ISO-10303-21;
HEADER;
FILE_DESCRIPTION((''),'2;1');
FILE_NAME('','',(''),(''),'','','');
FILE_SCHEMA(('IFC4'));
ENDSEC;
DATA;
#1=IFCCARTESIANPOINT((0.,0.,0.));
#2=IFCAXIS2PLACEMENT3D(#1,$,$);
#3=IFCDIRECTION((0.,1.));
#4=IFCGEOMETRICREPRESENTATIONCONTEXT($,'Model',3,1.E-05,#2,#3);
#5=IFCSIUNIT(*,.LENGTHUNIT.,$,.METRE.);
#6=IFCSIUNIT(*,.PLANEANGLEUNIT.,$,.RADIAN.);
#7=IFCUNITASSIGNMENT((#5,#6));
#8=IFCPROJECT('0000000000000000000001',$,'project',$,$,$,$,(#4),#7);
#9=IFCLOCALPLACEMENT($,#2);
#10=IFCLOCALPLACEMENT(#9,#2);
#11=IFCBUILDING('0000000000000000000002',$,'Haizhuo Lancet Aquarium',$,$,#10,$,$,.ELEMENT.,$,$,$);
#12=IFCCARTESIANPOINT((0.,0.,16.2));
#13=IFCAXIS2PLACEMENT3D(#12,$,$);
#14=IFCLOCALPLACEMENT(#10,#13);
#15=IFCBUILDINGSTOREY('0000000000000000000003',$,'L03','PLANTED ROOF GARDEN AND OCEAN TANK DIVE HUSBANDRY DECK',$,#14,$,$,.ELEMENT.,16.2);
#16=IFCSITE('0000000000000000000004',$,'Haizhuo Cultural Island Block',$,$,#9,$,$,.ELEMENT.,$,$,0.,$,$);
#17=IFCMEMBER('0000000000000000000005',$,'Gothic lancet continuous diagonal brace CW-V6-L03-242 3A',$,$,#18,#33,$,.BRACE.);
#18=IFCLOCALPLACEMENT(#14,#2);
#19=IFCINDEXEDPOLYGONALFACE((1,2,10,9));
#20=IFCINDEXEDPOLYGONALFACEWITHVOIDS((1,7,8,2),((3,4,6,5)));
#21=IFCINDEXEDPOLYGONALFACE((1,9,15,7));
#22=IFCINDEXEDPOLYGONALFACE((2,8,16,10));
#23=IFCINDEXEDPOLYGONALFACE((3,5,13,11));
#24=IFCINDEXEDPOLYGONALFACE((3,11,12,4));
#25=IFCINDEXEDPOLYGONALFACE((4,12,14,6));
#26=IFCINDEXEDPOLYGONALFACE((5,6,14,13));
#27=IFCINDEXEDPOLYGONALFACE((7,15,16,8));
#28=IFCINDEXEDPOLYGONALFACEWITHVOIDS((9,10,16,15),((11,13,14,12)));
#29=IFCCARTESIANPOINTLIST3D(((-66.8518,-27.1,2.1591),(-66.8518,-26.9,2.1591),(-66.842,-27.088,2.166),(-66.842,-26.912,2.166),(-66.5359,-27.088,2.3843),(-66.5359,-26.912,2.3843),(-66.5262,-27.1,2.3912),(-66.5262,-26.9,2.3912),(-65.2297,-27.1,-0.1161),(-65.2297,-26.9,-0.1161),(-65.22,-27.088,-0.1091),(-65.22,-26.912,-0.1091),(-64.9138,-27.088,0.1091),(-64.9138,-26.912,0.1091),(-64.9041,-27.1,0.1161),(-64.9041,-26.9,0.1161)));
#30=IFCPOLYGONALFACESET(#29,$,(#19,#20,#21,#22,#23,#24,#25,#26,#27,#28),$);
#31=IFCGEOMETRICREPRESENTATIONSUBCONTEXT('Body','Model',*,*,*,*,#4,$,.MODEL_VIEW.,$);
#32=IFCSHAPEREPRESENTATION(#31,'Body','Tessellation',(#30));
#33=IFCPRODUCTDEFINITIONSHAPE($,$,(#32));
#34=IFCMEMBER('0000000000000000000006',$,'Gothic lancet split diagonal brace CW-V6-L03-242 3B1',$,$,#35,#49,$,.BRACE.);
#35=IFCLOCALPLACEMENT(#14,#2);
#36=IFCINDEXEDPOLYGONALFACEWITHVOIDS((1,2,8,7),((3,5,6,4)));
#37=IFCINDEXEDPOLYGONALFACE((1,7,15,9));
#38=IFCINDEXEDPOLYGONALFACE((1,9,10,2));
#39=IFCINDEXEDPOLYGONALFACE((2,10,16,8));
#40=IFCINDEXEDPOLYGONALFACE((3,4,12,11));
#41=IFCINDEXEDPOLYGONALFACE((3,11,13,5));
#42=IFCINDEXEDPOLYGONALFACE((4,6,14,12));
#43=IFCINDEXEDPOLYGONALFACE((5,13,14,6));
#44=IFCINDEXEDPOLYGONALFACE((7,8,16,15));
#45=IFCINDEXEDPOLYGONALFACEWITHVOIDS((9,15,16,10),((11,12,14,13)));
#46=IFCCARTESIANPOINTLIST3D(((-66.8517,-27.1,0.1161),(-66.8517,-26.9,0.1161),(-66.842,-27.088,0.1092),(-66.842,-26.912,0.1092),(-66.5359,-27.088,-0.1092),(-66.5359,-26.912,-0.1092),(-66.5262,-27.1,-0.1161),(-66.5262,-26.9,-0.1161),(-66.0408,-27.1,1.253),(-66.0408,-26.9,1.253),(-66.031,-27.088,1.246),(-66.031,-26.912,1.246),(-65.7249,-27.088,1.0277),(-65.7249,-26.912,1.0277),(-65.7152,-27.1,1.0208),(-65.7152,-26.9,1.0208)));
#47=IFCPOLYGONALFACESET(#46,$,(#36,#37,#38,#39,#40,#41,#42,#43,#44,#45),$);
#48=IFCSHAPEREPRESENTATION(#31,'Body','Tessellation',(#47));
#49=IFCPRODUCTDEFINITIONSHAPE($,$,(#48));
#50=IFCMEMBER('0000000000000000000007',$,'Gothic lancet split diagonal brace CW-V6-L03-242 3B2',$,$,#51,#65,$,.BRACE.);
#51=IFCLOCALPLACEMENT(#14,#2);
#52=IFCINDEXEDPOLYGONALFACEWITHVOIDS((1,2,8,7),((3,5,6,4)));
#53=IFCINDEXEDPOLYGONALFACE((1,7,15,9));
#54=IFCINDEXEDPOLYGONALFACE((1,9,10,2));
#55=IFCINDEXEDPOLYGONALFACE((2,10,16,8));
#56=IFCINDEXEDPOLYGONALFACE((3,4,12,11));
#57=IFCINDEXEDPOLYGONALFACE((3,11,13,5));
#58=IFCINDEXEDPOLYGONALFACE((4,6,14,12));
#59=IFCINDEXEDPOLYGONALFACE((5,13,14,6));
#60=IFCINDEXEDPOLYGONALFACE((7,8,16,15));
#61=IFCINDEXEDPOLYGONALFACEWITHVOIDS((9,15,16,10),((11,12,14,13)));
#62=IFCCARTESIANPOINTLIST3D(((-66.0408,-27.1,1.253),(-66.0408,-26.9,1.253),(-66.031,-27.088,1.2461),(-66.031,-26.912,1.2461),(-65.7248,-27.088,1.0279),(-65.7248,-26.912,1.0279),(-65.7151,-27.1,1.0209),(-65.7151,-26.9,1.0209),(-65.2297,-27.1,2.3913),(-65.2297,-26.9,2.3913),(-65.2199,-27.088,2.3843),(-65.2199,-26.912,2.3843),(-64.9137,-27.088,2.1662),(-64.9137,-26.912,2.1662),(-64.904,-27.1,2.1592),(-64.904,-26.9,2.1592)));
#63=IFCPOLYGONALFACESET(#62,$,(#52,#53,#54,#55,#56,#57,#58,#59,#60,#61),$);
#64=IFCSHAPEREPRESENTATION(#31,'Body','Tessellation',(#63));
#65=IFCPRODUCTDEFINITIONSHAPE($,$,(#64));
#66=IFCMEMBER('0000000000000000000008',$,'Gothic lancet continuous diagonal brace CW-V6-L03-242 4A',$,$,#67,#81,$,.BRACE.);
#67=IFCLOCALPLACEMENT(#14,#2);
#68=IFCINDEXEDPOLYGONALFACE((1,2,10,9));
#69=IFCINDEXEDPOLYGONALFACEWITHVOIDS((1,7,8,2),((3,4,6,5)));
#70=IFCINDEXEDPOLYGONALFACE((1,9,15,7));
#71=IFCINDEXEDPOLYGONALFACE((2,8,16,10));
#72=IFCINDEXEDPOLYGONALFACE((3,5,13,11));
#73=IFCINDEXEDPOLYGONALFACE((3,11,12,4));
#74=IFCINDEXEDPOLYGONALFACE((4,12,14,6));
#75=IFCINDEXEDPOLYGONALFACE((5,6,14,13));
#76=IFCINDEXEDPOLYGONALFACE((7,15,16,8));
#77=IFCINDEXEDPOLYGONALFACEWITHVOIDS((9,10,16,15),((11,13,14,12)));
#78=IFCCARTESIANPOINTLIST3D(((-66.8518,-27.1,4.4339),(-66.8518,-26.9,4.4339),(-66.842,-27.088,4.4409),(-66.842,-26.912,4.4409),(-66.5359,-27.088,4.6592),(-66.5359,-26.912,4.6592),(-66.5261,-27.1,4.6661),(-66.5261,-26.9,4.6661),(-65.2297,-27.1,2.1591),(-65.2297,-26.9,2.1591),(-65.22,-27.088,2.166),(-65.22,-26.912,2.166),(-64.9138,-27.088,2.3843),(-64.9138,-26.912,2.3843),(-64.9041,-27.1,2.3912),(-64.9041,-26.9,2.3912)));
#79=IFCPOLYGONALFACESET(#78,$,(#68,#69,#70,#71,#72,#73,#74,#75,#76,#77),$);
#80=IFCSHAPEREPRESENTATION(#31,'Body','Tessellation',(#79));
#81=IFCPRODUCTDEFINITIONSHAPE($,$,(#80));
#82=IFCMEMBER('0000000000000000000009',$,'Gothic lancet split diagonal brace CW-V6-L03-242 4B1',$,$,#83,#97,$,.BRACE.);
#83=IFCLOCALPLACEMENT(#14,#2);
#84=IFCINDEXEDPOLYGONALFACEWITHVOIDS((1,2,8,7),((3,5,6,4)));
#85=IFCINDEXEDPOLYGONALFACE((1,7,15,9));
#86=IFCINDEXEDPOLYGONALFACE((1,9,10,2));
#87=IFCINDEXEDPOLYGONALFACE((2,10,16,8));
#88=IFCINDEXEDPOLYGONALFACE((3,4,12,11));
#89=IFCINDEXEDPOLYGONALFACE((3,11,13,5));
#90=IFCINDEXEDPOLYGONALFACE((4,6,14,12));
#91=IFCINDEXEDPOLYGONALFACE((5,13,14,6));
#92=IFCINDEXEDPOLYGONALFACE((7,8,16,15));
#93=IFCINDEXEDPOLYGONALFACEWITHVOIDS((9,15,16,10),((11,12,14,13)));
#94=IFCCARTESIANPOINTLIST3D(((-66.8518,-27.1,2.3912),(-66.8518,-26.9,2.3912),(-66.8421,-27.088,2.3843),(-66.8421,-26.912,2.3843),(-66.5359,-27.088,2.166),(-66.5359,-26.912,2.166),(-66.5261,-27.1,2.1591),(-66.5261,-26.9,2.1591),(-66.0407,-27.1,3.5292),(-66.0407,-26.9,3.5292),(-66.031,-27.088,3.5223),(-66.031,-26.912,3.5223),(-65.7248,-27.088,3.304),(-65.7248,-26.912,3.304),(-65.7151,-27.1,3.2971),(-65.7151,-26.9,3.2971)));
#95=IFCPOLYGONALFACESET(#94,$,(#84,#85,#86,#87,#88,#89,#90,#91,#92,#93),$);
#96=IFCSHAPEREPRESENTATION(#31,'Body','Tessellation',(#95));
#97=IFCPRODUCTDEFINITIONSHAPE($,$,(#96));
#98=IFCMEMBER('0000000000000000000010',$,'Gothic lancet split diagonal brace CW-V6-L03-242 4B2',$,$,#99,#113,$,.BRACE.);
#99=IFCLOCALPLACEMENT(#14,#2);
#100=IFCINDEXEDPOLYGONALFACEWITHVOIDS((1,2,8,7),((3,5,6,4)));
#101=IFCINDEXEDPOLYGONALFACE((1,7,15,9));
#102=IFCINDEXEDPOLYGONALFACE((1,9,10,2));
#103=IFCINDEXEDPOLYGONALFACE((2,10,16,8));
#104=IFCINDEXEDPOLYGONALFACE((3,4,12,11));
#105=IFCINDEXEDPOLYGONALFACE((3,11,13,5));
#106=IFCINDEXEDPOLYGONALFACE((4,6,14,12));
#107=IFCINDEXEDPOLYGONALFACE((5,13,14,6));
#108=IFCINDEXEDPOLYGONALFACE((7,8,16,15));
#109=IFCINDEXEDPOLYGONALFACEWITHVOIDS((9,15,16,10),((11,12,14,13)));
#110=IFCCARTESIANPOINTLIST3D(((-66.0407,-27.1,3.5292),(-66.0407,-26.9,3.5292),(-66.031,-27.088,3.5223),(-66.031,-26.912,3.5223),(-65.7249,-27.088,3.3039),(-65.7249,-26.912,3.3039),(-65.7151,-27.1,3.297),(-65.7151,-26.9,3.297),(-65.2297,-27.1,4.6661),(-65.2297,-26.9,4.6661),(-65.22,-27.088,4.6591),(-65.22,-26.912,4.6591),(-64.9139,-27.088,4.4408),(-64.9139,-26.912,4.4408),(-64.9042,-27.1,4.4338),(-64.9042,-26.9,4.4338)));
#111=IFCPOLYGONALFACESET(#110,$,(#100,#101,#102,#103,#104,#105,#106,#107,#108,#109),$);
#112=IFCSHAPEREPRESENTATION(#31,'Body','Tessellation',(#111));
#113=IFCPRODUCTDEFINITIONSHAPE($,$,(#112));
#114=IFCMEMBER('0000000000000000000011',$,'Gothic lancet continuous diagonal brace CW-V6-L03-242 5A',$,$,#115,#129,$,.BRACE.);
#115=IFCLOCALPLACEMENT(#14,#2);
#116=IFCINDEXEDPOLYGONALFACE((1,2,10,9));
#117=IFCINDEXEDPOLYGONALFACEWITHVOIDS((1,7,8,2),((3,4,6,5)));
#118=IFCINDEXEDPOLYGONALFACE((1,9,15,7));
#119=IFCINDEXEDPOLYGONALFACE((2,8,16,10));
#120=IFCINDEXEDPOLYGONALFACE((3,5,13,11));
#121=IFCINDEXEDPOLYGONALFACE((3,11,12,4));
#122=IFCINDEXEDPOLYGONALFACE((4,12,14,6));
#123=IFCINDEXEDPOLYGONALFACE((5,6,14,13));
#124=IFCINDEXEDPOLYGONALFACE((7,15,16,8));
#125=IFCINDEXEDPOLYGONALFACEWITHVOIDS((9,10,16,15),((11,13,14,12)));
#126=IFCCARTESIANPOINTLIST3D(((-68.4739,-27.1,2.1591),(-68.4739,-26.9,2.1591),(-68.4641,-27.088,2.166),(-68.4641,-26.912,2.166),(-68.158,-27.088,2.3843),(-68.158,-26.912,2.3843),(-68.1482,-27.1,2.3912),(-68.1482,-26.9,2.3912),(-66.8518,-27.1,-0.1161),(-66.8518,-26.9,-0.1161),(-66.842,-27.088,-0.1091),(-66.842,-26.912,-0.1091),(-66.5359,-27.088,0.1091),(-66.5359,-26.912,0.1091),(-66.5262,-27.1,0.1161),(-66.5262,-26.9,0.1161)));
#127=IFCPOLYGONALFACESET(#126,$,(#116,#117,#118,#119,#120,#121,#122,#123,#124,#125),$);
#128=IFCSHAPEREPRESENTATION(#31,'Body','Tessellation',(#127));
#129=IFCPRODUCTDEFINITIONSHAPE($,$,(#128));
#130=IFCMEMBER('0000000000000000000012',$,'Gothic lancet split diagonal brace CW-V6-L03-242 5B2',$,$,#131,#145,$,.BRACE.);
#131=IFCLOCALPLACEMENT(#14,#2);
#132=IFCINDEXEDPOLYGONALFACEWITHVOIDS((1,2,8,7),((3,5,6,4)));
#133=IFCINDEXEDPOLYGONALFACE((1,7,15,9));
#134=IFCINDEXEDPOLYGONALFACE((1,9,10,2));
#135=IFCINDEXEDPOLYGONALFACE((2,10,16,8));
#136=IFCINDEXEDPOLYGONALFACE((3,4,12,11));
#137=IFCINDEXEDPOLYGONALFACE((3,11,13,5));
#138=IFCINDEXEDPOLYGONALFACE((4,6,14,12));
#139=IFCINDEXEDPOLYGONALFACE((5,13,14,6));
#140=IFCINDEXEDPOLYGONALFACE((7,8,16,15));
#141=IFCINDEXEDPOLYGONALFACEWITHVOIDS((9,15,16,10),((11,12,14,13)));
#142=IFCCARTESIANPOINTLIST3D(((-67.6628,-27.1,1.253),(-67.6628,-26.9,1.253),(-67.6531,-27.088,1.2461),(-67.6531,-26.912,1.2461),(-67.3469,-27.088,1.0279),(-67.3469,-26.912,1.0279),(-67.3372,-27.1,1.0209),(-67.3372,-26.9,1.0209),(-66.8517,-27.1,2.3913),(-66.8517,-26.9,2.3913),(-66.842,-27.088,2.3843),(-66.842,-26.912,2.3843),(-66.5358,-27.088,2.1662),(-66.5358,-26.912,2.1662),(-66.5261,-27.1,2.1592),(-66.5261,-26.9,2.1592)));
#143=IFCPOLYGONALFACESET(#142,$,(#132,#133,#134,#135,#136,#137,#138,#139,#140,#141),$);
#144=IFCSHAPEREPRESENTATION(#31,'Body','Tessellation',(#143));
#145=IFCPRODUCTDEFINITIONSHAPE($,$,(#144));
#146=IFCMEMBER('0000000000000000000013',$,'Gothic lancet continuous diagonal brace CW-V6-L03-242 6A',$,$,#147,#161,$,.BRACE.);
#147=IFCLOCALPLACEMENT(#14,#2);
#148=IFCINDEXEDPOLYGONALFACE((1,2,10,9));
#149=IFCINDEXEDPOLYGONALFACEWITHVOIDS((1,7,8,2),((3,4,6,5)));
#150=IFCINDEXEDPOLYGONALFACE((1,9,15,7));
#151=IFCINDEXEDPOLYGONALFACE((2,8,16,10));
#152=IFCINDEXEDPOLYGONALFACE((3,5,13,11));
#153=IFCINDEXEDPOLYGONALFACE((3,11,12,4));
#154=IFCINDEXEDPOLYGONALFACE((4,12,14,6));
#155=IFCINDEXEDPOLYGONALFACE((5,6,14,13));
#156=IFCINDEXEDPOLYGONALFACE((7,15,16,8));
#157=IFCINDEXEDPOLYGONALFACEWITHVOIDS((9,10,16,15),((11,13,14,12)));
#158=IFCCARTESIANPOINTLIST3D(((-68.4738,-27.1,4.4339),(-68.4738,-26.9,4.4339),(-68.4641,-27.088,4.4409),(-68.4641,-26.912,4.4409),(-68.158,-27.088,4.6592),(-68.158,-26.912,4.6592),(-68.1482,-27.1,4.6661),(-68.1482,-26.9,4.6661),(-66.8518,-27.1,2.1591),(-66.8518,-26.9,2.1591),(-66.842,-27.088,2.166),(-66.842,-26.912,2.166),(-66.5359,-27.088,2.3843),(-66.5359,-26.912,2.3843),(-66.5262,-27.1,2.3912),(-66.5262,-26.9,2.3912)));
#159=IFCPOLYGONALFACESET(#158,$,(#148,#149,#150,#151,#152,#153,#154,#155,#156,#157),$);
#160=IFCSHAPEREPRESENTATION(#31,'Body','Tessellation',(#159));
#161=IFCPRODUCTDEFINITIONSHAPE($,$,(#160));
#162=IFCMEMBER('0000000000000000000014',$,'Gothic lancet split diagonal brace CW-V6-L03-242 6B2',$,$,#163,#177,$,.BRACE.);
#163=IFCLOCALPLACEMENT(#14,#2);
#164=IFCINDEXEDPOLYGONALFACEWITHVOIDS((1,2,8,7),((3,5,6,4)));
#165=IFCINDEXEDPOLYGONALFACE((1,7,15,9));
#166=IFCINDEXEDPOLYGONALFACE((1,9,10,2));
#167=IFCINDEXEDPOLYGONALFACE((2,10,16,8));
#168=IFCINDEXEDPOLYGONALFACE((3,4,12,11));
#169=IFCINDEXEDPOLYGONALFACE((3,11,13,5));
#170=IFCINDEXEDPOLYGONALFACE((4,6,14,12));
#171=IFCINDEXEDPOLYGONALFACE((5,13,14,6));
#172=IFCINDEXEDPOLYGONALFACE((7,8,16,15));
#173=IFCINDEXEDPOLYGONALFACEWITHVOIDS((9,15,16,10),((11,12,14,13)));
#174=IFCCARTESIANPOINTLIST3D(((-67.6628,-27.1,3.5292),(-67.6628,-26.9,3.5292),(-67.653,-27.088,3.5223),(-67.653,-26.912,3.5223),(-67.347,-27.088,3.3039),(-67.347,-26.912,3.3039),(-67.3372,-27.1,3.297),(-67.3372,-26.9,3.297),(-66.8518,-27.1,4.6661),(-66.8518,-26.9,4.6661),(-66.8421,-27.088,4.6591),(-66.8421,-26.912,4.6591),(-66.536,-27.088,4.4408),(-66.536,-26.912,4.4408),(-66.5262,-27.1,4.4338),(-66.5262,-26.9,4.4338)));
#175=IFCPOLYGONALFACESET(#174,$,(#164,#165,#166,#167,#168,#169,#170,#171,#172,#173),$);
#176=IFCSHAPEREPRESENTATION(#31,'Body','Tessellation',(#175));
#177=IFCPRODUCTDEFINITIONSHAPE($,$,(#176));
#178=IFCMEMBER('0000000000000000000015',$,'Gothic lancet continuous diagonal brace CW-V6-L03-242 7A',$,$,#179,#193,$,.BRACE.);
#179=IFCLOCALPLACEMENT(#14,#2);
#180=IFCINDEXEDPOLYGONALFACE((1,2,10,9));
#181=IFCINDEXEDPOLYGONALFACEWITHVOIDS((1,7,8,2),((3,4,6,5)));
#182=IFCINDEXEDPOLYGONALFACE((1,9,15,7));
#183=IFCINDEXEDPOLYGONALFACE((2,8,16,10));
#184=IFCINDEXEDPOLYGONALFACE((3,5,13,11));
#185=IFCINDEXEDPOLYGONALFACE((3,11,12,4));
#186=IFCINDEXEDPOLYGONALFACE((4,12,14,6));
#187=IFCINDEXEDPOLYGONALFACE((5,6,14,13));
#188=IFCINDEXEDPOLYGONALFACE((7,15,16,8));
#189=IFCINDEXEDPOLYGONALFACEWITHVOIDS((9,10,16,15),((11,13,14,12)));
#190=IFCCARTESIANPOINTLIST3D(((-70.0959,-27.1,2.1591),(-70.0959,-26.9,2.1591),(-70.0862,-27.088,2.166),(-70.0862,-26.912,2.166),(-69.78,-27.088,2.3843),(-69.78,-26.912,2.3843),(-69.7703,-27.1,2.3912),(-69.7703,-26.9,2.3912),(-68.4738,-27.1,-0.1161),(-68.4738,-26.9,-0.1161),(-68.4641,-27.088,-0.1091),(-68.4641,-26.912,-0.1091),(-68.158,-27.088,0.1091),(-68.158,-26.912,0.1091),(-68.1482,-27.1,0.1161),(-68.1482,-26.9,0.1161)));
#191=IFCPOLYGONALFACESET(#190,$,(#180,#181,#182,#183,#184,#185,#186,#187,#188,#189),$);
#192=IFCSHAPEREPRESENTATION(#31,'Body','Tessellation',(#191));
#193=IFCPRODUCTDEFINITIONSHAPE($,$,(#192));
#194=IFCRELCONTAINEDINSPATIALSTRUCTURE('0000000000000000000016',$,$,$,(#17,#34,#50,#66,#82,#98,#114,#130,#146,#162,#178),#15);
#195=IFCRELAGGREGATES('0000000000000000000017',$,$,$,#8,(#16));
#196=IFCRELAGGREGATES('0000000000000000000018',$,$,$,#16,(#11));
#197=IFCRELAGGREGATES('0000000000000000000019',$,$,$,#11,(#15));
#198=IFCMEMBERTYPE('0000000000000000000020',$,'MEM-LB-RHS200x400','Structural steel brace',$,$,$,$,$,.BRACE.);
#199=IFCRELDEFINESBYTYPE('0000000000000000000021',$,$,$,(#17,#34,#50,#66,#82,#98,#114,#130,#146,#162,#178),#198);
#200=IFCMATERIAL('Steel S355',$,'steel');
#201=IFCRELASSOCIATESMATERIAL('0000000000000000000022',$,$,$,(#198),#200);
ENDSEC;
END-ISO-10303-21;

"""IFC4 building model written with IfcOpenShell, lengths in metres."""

from ifc_helpers import new_model, si_unit, direction, frame, origin, origin_2d, place, context, subcontext, project, spatial, hollow_rectangle, extrude, material, material_profile, profile_set, type_object, element, save


model = new_model("IFC4")

# Units and contexts
model_context = context("Model", 3, precision=1e-05, world=origin(), true_north=direction((0.0, 1.0)))
body_context = subcontext(model_context, "Body", "Model", "MODEL_VIEW")
ifc_project = project(units=[si_unit("LENGTHUNIT", "METRE"), si_unit("PLANEANGLEUNIT", "RADIAN")], contexts=[model_context])

# Site, building, storey
site_placement = place(None, origin())
site = spatial("IfcSite", under=ifc_project, at=site_placement, Name="Haizhuo Cultural Island Block", CompositionType="ELEMENT", RefElevation=0.0)
building_placement = place(site_placement, origin())
building = spatial("IfcBuilding", under=site, at=building_placement, Name="Haizhuo Lancet Aquarium", CompositionType="ELEMENT")
storey_placement = place(building_placement, frame((0.0, 0.0, 16.2)))
storey = spatial("IfcBuildingStorey", under=building, at=storey_placement, Name="L03", Description="PLANTED ROOF GARDEN AND OCEAN TANK DIVE HUSBANDRY DECK", CompositionType="ELEMENT", Elevation=16.2)

# Members
ifc_material_1 = material(Name="Steel S355", Category="steel")
ifc_material_profile_1 = material_profile(ifc_material_1, hollow_rectangle(XDim=0.2, YDim=0.3999, WallThickness=0.012, at=origin_2d()), Name="RHS 200x400x12")
ifc_profile_set_1 = profile_set([ifc_material_profile_1], Name="Steel S355")
member_type_1 = type_object("IfcMemberType", Name="MEM-LB-RHS200x400", Description="Structural steel brace", PredefinedType="BRACE", material=ifc_profile_set_1)
member_1_placement = place(storey_placement, frame((-65.0669, -27.0, 0.0), z_axis=(-0.580519, 0.0, 0.814247), x_axis=(0.0, -1.0, 0.0)))
element("IfcMember", 1, at=member_1_placement, inside=storey, type_object=member_type_1, Name="Gothic lancet continuous diagonal brace CW-V6-L03-242 3A", PredefinedType="BRACE", context=body_context, shape_type="SweptSolid", body=[
    extrude(hollow_rectangle(XDim=0.2, YDim=0.3999, WallThickness=0.012, at=origin_2d()), origin(), (0.0, 0.0, 1.0), 2.7942),
])
member_2_placement = place(storey_placement, frame((-66.689, -27.0, 0.0), z_axis=(0.580725, 0.0, 0.814099), x_axis=(0.0, 1.0, 0.0)))
element("IfcMember", 2, at=member_2_placement, inside=storey, type_object=member_type_1, Name="Gothic lancet split diagonal brace CW-V6-L03-242 3B1", PredefinedType="BRACE", context=body_context, shape_type="SweptSolid", body=[
    extrude(hollow_rectangle(XDim=0.2, YDim=0.3999, WallThickness=0.012, at=origin_2d()), origin(), (0.0, 0.0, 1.0), 1.3965),
])
member_3_placement = place(storey_placement, frame((-65.8779, -27.0, 1.137), z_axis=(0.580312, 0.0, 0.814394), x_axis=(0.0, 1.0, 0.0)))
element("IfcMember", 3, at=member_3_placement, inside=storey, type_object=member_type_1, Name="Gothic lancet split diagonal brace CW-V6-L03-242 3B2", PredefinedType="BRACE", context=body_context, shape_type="SweptSolid", body=[
    extrude(hollow_rectangle(XDim=0.2, YDim=0.3999, WallThickness=0.012, at=origin_2d()), origin(), (0.0, 0.0, 1.0), 1.3977),
])
member_4_placement = place(storey_placement, frame((-65.0669, -27.0, 2.2751), z_axis=(-0.58056, 0.0, 0.814217), x_axis=(0.0, -1.0, 0.0)))
element("IfcMember", 4, at=member_4_placement, inside=storey, type_object=member_type_1, Name="Gothic lancet continuous diagonal brace CW-V6-L03-242 4A", PredefinedType="BRACE", context=body_context, shape_type="SweptSolid", body=[
    extrude(hollow_rectangle(XDim=0.2, YDim=0.3999, WallThickness=0.012, at=origin_2d()), origin(), (0.0, 0.0, 1.0), 2.7939),
])
member_5_placement = place(storey_placement, frame((-66.689, -27.0, 2.2751), z_axis=(0.580395, 0.0, 0.814335), x_axis=(0.0, 1.0, 0.0)))
element("IfcMember", 5, at=member_5_placement, inside=storey, type_object=member_type_1, Name="Gothic lancet split diagonal brace CW-V6-L03-242 4B1", PredefinedType="BRACE", context=body_context, shape_type="SweptSolid", body=[
    extrude(hollow_rectangle(XDim=0.2, YDim=0.3999, WallThickness=0.012, at=origin_2d()), origin(), (0.0, 0.0, 1.0), 1.3975),
])
member_6_placement = place(storey_placement, frame((-65.8779, -27.0, 3.4131), z_axis=(0.580725, 0.0, 0.814099), x_axis=(0.0, 1.0, 0.0)))
element("IfcMember", 6, at=member_6_placement, inside=storey, type_object=member_type_1, Name="Gothic lancet split diagonal brace CW-V6-L03-242 4B2", PredefinedType="BRACE", context=body_context, shape_type="SweptSolid", body=[
    extrude(hollow_rectangle(XDim=0.2, YDim=0.3999, WallThickness=0.012, at=origin_2d()), origin(), (0.0, 0.0, 1.0), 1.3965),
])
member_7_placement = place(storey_placement, frame((-66.689, -27.0, 0.0), z_axis=(-0.580519, 0.0, 0.814247), x_axis=(0.0, -1.0, 0.0)))
element("IfcMember", 7, at=member_7_placement, inside=storey, type_object=member_type_1, Name="Gothic lancet continuous diagonal brace CW-V6-L03-242 5A", PredefinedType="BRACE", context=body_context, shape_type="SweptSolid", body=[
    extrude(hollow_rectangle(XDim=0.2, YDim=0.3999, WallThickness=0.012, at=origin_2d()), origin(), (0.0, 0.0, 1.0), 2.7942),
])
member_8_placement = place(storey_placement, frame((-67.5, -27.0, 1.137), z_axis=(0.580312, 0.0, 0.814394), x_axis=(0.0, 1.0, 0.0)))
element("IfcMember", 8, at=member_8_placement, inside=storey, type_object=member_type_1, Name="Gothic lancet split diagonal brace CW-V6-L03-242 5B2", PredefinedType="BRACE", context=body_context, shape_type="SweptSolid", body=[
    extrude(hollow_rectangle(XDim=0.2, YDim=0.3999, WallThickness=0.012, at=origin_2d()), origin(), (0.0, 0.0, 1.0), 1.3977),
])
member_9_placement = place(storey_placement, frame((-66.689, -27.0, 2.2751), z_axis=(-0.58056, 0.0, 0.814217), x_axis=(0.0, -1.0, 0.0)))
element("IfcMember", 9, at=member_9_placement, inside=storey, type_object=member_type_1, Name="Gothic lancet continuous diagonal brace CW-V6-L03-242 6A", PredefinedType="BRACE", context=body_context, shape_type="SweptSolid", body=[
    extrude(hollow_rectangle(XDim=0.2, YDim=0.3999, WallThickness=0.012, at=origin_2d()), origin(), (0.0, 0.0, 1.0), 2.7939),
])
member_10_placement = place(storey_placement, frame((-67.5, -27.0, 3.4131), z_axis=(0.580725, 0.0, 0.814099), x_axis=(0.0, 1.0, 0.0)))
element("IfcMember", 10, at=member_10_placement, inside=storey, type_object=member_type_1, Name="Gothic lancet split diagonal brace CW-V6-L03-242 6B2", PredefinedType="BRACE", context=body_context, shape_type="SweptSolid", body=[
    extrude(hollow_rectangle(XDim=0.2, YDim=0.3999, WallThickness=0.012, at=origin_2d()), origin(), (0.0, 0.0, 1.0), 1.3965),
])
member_11_placement = place(storey_placement, frame((-68.311, -27.0, 0.0), z_axis=(-0.580519, 0.0, 0.814247), x_axis=(0.0, -1.0, 0.0)))
element("IfcMember", 11, at=member_11_placement, inside=storey, type_object=member_type_1, Name="Gothic lancet continuous diagonal brace CW-V6-L03-242 7A", PredefinedType="BRACE", context=body_context, shape_type="SweptSolid", body=[
    extrude(hollow_rectangle(XDim=0.2, YDim=0.3999, WallThickness=0.012, at=origin_2d()), origin(), (0.0, 0.0, 1.0), 2.7942),
])

save(model, "model.ifc")
